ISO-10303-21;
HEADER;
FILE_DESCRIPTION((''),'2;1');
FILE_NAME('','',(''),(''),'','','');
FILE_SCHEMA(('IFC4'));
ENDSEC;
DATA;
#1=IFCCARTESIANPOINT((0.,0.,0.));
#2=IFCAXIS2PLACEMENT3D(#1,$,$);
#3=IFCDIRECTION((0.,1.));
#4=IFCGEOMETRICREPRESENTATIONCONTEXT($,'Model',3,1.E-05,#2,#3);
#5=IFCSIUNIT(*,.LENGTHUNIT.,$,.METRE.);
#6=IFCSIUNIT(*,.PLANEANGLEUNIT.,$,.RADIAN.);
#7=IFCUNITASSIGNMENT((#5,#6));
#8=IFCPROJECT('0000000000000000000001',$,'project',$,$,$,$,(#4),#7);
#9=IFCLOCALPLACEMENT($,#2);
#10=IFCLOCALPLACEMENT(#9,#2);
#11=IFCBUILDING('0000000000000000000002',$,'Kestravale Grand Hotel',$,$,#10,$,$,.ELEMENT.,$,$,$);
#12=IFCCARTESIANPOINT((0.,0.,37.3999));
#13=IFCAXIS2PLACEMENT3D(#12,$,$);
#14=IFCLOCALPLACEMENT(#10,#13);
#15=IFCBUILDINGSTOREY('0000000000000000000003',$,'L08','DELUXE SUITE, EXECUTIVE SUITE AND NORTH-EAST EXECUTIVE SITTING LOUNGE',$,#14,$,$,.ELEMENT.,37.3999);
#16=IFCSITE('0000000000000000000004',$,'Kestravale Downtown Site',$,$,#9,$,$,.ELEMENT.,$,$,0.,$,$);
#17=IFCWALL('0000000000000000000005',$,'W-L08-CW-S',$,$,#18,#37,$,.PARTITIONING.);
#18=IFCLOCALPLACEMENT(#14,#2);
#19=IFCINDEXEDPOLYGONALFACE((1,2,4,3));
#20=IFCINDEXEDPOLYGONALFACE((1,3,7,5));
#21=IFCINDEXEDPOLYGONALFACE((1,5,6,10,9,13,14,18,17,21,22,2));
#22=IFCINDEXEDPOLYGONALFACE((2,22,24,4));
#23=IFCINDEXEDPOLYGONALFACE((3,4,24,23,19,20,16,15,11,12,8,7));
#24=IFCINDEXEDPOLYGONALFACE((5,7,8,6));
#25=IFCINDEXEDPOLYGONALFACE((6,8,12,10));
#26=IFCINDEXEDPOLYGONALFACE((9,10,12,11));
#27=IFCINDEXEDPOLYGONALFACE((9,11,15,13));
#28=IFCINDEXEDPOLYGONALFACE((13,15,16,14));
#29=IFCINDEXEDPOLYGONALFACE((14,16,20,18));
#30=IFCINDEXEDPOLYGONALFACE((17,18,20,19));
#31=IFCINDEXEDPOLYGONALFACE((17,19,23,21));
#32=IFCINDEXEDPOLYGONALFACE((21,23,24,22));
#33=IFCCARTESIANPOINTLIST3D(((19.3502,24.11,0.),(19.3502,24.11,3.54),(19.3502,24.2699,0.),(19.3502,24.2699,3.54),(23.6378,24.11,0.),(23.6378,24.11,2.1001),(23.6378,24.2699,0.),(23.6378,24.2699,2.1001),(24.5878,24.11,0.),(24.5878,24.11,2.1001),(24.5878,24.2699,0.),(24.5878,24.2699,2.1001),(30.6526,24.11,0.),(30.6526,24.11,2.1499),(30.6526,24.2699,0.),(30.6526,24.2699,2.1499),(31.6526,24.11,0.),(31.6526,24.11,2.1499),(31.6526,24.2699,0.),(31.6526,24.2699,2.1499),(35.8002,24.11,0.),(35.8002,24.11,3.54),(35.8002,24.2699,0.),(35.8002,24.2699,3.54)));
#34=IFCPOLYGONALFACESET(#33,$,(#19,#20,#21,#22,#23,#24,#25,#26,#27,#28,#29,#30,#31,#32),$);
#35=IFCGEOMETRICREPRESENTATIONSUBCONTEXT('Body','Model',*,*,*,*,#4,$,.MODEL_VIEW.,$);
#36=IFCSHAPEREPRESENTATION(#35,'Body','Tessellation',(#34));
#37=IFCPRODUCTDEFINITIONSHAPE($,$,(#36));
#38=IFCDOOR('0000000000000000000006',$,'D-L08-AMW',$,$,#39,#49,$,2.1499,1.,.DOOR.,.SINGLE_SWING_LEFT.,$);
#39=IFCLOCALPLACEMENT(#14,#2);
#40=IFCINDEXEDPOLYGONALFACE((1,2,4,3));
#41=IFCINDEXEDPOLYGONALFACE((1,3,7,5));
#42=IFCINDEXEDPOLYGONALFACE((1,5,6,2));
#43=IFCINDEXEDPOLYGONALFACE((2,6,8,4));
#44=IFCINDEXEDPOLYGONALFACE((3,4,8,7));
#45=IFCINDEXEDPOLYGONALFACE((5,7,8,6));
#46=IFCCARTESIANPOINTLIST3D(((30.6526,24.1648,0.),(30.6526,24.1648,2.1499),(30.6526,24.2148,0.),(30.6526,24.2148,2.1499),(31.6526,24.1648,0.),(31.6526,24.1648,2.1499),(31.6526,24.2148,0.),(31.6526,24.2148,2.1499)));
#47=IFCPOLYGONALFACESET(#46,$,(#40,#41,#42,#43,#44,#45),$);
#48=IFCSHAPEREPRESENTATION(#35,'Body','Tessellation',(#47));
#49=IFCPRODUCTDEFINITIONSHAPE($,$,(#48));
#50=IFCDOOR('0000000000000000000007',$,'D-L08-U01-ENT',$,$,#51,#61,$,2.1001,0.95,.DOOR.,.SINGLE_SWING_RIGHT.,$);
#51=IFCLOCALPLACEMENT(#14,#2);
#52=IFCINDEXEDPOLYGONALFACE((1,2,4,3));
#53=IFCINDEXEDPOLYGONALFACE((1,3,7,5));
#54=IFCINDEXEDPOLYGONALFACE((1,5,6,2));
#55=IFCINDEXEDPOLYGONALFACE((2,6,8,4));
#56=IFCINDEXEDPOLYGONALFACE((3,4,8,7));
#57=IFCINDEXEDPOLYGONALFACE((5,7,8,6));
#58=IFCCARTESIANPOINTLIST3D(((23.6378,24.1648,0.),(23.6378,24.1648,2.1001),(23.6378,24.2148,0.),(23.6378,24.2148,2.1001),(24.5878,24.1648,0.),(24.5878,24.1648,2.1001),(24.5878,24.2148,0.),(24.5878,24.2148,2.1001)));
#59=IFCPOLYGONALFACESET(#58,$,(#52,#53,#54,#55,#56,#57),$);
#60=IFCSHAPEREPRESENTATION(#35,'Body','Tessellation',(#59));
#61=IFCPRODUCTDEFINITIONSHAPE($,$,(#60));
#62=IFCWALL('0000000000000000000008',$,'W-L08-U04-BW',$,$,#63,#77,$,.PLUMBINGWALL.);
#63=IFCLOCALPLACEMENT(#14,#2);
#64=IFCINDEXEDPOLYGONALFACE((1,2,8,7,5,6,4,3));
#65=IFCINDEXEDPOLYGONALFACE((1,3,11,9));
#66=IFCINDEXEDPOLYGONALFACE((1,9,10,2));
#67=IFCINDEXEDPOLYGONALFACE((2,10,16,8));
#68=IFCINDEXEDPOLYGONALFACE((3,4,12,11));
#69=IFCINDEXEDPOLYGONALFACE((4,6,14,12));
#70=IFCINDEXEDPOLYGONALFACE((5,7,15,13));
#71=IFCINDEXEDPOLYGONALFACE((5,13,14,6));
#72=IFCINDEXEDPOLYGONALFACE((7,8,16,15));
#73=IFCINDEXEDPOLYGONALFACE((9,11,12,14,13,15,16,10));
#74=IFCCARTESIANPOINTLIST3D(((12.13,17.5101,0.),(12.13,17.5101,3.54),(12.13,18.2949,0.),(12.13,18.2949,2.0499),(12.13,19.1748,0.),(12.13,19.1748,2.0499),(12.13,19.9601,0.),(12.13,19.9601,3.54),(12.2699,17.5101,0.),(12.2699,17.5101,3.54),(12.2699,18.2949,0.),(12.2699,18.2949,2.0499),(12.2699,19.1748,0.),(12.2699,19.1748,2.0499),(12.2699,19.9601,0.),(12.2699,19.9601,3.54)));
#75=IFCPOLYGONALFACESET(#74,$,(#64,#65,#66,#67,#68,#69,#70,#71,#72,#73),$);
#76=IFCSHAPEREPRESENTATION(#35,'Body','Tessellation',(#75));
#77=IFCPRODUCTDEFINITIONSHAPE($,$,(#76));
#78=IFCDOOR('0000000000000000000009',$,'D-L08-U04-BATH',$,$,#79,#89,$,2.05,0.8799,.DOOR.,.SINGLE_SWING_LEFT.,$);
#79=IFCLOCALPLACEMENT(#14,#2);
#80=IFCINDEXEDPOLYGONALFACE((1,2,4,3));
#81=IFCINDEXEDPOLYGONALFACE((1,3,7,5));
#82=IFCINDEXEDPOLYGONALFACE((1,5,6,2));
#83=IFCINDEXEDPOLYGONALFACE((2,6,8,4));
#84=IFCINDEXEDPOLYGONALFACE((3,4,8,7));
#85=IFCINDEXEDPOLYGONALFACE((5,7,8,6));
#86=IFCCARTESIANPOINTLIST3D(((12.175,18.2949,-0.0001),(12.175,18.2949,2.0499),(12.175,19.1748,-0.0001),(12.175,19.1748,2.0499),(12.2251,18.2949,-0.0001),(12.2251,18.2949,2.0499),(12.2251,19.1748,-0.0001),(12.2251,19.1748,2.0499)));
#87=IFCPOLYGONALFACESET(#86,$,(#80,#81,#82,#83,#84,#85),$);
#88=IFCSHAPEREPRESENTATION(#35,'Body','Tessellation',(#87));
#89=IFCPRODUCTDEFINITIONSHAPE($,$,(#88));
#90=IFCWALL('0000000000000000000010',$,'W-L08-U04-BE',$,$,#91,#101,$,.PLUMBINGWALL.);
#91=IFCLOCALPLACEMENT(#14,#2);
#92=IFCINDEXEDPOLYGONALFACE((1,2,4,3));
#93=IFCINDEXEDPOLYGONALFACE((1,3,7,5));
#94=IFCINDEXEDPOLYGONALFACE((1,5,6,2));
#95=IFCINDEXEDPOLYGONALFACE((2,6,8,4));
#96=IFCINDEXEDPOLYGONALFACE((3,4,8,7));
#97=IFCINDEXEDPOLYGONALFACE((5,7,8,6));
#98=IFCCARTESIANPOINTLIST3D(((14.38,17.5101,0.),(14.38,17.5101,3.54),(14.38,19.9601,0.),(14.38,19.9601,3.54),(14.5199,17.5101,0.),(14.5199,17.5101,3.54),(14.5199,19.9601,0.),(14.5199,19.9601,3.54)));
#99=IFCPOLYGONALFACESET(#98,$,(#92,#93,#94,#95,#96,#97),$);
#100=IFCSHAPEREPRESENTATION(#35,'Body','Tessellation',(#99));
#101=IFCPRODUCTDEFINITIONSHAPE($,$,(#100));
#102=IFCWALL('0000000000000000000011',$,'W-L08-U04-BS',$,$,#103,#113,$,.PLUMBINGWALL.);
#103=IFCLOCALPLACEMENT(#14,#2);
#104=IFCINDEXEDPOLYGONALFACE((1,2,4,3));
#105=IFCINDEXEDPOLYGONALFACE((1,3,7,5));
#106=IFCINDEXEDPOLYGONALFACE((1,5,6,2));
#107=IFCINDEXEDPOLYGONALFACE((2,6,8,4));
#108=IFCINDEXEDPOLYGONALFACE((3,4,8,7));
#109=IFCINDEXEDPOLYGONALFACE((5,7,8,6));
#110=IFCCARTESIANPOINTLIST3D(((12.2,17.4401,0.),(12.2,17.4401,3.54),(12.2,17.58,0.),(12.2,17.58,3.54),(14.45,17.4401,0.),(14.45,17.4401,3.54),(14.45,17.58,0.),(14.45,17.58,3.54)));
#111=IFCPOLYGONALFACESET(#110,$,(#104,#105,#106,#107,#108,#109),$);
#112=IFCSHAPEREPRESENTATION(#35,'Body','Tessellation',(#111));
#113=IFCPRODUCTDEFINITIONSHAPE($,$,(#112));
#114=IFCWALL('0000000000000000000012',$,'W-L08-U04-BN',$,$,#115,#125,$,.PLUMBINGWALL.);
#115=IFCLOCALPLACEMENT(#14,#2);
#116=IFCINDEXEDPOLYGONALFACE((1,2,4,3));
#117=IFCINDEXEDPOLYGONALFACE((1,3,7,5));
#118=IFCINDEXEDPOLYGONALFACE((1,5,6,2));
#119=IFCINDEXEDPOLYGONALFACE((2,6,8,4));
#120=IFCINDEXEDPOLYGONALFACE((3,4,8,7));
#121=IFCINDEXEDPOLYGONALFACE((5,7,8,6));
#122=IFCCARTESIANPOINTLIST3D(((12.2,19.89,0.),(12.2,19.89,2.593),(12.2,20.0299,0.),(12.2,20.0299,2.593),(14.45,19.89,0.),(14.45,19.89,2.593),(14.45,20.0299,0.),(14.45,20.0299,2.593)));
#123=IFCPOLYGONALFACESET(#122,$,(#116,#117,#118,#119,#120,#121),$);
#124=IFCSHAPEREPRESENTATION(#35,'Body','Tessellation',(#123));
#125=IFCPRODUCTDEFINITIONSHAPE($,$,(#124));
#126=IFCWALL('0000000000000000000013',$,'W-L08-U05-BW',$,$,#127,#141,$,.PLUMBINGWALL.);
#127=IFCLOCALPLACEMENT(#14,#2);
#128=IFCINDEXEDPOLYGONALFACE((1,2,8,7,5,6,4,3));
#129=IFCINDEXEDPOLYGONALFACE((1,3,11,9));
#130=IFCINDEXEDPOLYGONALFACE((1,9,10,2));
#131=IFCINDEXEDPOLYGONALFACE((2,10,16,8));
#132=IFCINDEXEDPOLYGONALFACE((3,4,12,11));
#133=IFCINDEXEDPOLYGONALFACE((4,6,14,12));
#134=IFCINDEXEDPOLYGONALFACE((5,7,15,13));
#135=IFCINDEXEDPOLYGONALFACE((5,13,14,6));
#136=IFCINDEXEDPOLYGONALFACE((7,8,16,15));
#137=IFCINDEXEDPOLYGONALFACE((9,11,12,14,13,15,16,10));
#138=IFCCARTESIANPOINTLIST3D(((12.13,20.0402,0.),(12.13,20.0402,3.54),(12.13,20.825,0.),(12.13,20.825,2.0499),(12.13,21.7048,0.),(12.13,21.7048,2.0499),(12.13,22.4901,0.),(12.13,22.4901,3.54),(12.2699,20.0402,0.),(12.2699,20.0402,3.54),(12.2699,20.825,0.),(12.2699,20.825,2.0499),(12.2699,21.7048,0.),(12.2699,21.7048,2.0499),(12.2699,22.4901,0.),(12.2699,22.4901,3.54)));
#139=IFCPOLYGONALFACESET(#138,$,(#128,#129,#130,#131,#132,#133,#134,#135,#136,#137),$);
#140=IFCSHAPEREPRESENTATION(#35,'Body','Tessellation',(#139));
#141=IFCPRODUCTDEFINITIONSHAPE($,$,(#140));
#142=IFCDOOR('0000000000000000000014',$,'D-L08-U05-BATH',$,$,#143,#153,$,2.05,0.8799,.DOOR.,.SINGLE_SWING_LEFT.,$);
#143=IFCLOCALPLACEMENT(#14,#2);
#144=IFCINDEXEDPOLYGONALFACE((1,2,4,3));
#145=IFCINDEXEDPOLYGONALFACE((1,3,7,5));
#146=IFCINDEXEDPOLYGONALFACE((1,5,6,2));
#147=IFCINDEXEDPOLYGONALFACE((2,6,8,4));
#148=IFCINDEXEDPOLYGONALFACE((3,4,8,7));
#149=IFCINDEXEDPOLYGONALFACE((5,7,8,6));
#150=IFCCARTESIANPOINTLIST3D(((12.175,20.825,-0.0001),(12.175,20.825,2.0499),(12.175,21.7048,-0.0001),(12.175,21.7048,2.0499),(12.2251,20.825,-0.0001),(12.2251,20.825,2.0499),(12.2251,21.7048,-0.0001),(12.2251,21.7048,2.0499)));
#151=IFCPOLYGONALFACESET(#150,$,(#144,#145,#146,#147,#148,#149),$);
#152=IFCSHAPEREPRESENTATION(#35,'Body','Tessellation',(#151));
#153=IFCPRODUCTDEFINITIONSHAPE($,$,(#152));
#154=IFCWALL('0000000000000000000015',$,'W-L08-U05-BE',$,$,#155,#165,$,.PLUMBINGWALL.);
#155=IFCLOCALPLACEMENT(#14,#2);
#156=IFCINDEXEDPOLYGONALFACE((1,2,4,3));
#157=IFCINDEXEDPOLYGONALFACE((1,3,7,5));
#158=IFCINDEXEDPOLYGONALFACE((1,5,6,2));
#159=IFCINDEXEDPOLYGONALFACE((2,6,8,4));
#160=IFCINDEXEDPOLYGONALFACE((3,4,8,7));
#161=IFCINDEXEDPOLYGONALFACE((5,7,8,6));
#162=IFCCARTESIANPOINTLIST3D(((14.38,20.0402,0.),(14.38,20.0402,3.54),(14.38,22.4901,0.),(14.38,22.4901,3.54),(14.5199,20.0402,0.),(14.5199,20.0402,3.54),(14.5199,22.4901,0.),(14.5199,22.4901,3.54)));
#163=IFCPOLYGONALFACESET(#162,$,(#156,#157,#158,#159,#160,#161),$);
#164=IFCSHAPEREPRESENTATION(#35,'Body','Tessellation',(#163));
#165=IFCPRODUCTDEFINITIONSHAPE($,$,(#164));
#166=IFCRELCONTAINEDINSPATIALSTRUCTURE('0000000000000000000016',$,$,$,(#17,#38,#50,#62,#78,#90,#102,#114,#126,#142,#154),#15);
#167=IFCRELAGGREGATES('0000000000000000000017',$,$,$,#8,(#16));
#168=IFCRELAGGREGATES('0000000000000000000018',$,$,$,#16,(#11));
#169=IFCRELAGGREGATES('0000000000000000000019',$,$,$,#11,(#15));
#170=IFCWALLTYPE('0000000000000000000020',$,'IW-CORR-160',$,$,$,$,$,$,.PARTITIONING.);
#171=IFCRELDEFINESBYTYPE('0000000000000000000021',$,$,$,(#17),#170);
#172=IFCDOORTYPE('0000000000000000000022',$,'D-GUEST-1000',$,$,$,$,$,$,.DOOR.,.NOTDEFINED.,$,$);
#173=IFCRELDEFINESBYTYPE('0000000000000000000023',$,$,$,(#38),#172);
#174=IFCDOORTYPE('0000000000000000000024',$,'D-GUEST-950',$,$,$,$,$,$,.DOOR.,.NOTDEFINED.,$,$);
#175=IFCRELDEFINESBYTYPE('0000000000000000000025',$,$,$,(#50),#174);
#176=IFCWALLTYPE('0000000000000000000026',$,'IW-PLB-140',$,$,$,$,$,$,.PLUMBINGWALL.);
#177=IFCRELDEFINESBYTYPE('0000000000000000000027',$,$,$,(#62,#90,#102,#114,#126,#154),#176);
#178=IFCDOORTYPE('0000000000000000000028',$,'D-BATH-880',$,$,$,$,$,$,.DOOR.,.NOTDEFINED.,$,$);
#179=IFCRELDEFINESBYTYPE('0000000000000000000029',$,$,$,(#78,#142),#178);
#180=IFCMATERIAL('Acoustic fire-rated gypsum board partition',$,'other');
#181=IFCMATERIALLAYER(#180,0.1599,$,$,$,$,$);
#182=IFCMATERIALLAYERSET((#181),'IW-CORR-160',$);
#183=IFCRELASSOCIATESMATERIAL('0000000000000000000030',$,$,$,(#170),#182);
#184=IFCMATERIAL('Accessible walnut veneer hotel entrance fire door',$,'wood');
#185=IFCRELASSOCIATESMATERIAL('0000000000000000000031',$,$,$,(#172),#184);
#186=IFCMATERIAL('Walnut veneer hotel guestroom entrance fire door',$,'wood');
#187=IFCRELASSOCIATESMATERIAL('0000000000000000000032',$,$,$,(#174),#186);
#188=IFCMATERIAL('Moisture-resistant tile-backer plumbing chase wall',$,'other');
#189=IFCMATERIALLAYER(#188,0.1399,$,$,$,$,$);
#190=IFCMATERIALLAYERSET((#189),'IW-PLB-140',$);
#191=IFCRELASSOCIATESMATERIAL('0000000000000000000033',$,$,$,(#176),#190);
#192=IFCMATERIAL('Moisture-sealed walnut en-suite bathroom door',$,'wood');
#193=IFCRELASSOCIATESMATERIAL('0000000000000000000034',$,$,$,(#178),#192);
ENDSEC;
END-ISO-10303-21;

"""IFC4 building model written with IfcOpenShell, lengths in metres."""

from ifc_helpers import new_model, si_unit, direction, frame, frame_2d, origin, place, context, subcontext, project, spatial, rectangle, extrude, material, layer, layer_set, type_object, element, fill, save


model = new_model("IFC4")

# Units and contexts
model_context = context("Model", 3, precision=1e-05, world=origin(), true_north=direction((0.0, 1.0)))
body_context = subcontext(model_context, "Body", "Model", "MODEL_VIEW")
ifc_project = project(units=[si_unit("LENGTHUNIT", "METRE"), si_unit("PLANEANGLEUNIT", "RADIAN")], contexts=[model_context])

# Site, building, storey
site_placement = place(None, origin())
site = spatial("IfcSite", under=ifc_project, at=site_placement, Name="Kestravale Downtown Site", CompositionType="ELEMENT", RefElevation=0.0)
building_placement = place(site_placement, origin())
building = spatial("IfcBuilding", under=site, at=building_placement, Name="Kestravale Grand Hotel", CompositionType="ELEMENT")
storey_placement = place(building_placement, frame((0.0, 0.0, 37.3999)))
storey = spatial("IfcBuildingStorey", under=building, at=storey_placement, Name="L08", Description="DELUXE SUITE, EXECUTIVE SUITE AND NORTH-EAST EXECUTIVE SITTING LOUNGE", CompositionType="ELEMENT", Elevation=37.3999)

# Shared definitions
ifc_material_1 = material(Name="Acoustic fire-rated gypsum board partition", Category="other")
ifc_layer_1 = layer(ifc_material_1, 0.1599)
ifc_layer_set_1 = layer_set([ifc_layer_1], Name="IW-CORR-160")
wall_type_1 = type_object("IfcWallType", Name="IW-CORR-160", PredefinedType="PARTITIONING", material=ifc_layer_set_1)

# Wall, openings, doors
wall_1_placement = place(storey_placement, frame((19.3501, 24.1899, 0.0), z_axis=(0.0, 0.0, 1.0), x_axis=(1.0, 0.0, 0.0)))
wall_1 = element("IfcWall", 1, at=wall_1_placement, inside=storey, type_object=wall_type_1, Name="W-L08-CW-S", PredefinedType="PARTITIONING", context=body_context, shape_type="SweptSolid", body=[
    extrude(rectangle(XDim=16.45, YDim=0.1599, at=frame_2d((8.2251, 0.0))), origin(), (0.0, 0.0, 1.0), 3.54),
])
opening_1_placement = place(wall_1_placement, frame((4.2876, 0.0, 0.0)))
opening_1 = element("IfcOpeningElement", 2, at=opening_1_placement, cuts=wall_1, PredefinedType="OPENING", context=body_context, shape_type="SweptSolid", body=[
    extrude(rectangle(XDim=0.95, YDim=2.1001, at=frame_2d((0.4751, 1.05))), frame((0.0, 0.0898, 0.0), z_axis=(0.0, -1.0, 0.0), x_axis=(1.0, 0.0, 0.0)), (0.0, 0.0, 1.0), 0.1799),
])
opening_2_placement = place(wall_1_placement, frame((11.3025, 0.0, 0.0)))
opening_2 = element("IfcOpeningElement", 3, at=opening_2_placement, cuts=wall_1, PredefinedType="OPENING", context=body_context, shape_type="SweptSolid", body=[
    extrude(rectangle(XDim=1.0, YDim=2.1499, at=frame_2d((0.5, 1.075))), frame((0.0, 0.0898, 0.0), z_axis=(0.0, -1.0, 0.0), x_axis=(1.0, 0.0, 0.0)), (0.0, 0.0, 1.0), 0.1799),
])
ifc_material_2 = material(Name="Accessible walnut veneer hotel entrance fire door", Category="wood")
door_type_1 = type_object("IfcDoorType", Name="D-GUEST-1000", OperationType="NOTDEFINED", PredefinedType="DOOR", material=ifc_material_2)
door_1_placement = place(opening_2_placement, origin())
door_1 = element("IfcDoor", 4, at=door_1_placement, inside=storey, type_object=door_type_1, Name="D-L08-AMW", OperationType="SINGLE_SWING_LEFT", OverallHeight=2.1499, OverallWidth=1.0, PredefinedType="DOOR", context=body_context, shape_type="SweptSolid", body=[
    extrude(rectangle(XDim=1.0, YDim=2.1499, at=frame_2d((0.5, 1.075))), frame((0.0, 0.0249, 0.0), z_axis=(0.0, -1.0, 0.0), x_axis=(1.0, 0.0, 0.0)), (0.0, 0.0, 1.0), 0.05),
])
fill(opening_2, door_1)
ifc_material_3 = material(Name="Walnut veneer hotel guestroom entrance fire door", Category="wood")
door_type_2 = type_object("IfcDoorType", Name="D-GUEST-950", OperationType="NOTDEFINED", PredefinedType="DOOR", material=ifc_material_3)
door_2_placement = place(opening_1_placement, origin())
door_2 = element("IfcDoor", 5, at=door_2_placement, inside=storey, type_object=door_type_2, Name="D-L08-U01-ENT", OperationType="SINGLE_SWING_RIGHT", OverallHeight=2.1001, OverallWidth=0.95, PredefinedType="DOOR", context=body_context, shape_type="SweptSolid", body=[
    extrude(rectangle(XDim=0.95, YDim=2.1001, at=frame_2d((0.4751, 1.05))), frame((0.0, 0.0249, 0.0), z_axis=(0.0, -1.0, 0.0), x_axis=(1.0, 0.0, 0.0)), (0.0, 0.0, 1.0), 0.05),
])
fill(opening_1, door_2)

# Wall, opening, door
ifc_material_4 = material(Name="Moisture-resistant tile-backer plumbing chase wall", Category="other")
ifc_layer_2 = layer(ifc_material_4, 0.1399)
ifc_layer_set_2 = layer_set([ifc_layer_2], Name="IW-PLB-140")
wall_type_2 = type_object("IfcWallType", Name="IW-PLB-140", PredefinedType="PLUMBINGWALL", material=ifc_layer_set_2)
wall_2_placement = place(storey_placement, frame((12.2, 17.51, 0.0), z_axis=(0.0, 0.0, 1.0), x_axis=(0.0, 1.0, 0.0)))
wall_2 = element("IfcWall", 6, at=wall_2_placement, inside=storey, type_object=wall_type_2, Name="W-L08-U04-BW", PredefinedType="PLUMBINGWALL", context=body_context, shape_type="SweptSolid", body=[
    extrude(rectangle(XDim=2.45, YDim=0.1399, at=frame_2d((1.2251, 0.0))), origin(), (0.0, 0.0, 1.0), 3.54),
])
opening_3_placement = place(wall_2_placement, frame((0.7849, 0.0, 0.0)))
opening_3 = element("IfcOpeningElement", 7, at=opening_3_placement, cuts=wall_2, PredefinedType="OPENING", context=body_context, shape_type="SweptSolid", body=[
    extrude(rectangle(XDim=0.8799, YDim=2.05, at=frame_2d((0.4399, 1.0249))), frame((0.0, 0.0798, 0.0), z_axis=(0.0, -1.0, 0.0), x_axis=(1.0, 0.0, 0.0)), (0.0, 0.0, 1.0), 0.1599),
])
ifc_material_5 = material(Name="Moisture-sealed walnut en-suite bathroom door", Category="wood")
door_type_3 = type_object("IfcDoorType", Name="D-BATH-880", OperationType="NOTDEFINED", PredefinedType="DOOR", material=ifc_material_5)
door_3_placement = place(opening_3_placement, origin())
door_3 = element("IfcDoor", 8, at=door_3_placement, inside=storey, type_object=door_type_3, Name="D-L08-U04-BATH", OperationType="SINGLE_SWING_LEFT", OverallHeight=2.05, OverallWidth=0.8799, PredefinedType="DOOR", context=body_context, shape_type="SweptSolid", body=[
    extrude(rectangle(XDim=0.8799, YDim=2.05, at=frame_2d((0.4399, 1.0249))), frame((0.0, 0.0249, 0.0), z_axis=(0.0, -1.0, 0.0), x_axis=(1.0, 0.0, 0.0)), (0.0, 0.0, 1.0), 0.05),
])
fill(opening_3, door_3)

# Walls
wall_3_placement = place(storey_placement, frame((14.45, 17.51, 0.0), z_axis=(0.0, 0.0, 1.0), x_axis=(0.0, 1.0, 0.0)))
element("IfcWall", 9, at=wall_3_placement, inside=storey, type_object=wall_type_2, Name="W-L08-U04-BE", PredefinedType="PLUMBINGWALL", context=body_context, shape_type="SweptSolid", body=[
    extrude(rectangle(XDim=2.45, YDim=0.1399, at=frame_2d((1.2251, 0.0))), origin(), (0.0, 0.0, 1.0), 3.54),
])
wall_4_placement = place(storey_placement, frame((12.2, 17.51, 0.0), z_axis=(0.0, 0.0, 1.0), x_axis=(1.0, 0.0, 0.0)))
element("IfcWall", 10, at=wall_4_placement, inside=storey, type_object=wall_type_2, Name="W-L08-U04-BS", PredefinedType="PLUMBINGWALL", context=body_context, shape_type="SweptSolid", body=[
    extrude(rectangle(XDim=2.25, YDim=0.1399, at=frame_2d((1.125, 0.0))), origin(), (0.0, 0.0, 1.0), 3.54),
])
wall_5_placement = place(storey_placement, frame((12.2, 19.96, 0.0), z_axis=(0.0, 0.0, 1.0), x_axis=(1.0, 0.0, 0.0)))
element("IfcWall", 11, at=wall_5_placement, inside=storey, type_object=wall_type_2, Name="W-L08-U04-BN", PredefinedType="PLUMBINGWALL", context=body_context, shape_type="SweptSolid", body=[
    extrude(rectangle(XDim=2.25, YDim=0.1399, at=frame_2d((1.125, 0.0))), origin(), (0.0, 0.0, 1.0), 2.593),
])

# Wall, opening, door
wall_6_placement = place(storey_placement, frame((12.2, 20.04, 0.0), z_axis=(0.0, 0.0, 1.0), x_axis=(0.0, 1.0, 0.0)))
wall_6 = element("IfcWall", 12, at=wall_6_placement, inside=storey, type_object=wall_type_2, Name="W-L08-U05-BW", PredefinedType="PLUMBINGWALL", context=body_context, shape_type="SweptSolid", body=[
    extrude(rectangle(XDim=2.45, YDim=0.1399, at=frame_2d((1.2251, 0.0))), origin(), (0.0, 0.0, 1.0), 3.54),
])
opening_4_placement = place(wall_6_placement, frame((0.7849, 0.0, 0.0)))
opening_4 = element("IfcOpeningElement", 13, at=opening_4_placement, cuts=wall_6, PredefinedType="OPENING", context=body_context, shape_type="SweptSolid", body=[
    extrude(rectangle(XDim=0.8799, YDim=2.05, at=frame_2d((0.4399, 1.0249))), frame((0.0, 0.0798, 0.0), z_axis=(0.0, -1.0, 0.0), x_axis=(1.0, 0.0, 0.0)), (0.0, 0.0, 1.0), 0.1599),
])
door_4_placement = place(opening_4_placement, origin())
door_4 = element("IfcDoor", 14, at=door_4_placement, inside=storey, type_object=door_type_3, Name="D-L08-U05-BATH", OperationType="SINGLE_SWING_LEFT", OverallHeight=2.05, OverallWidth=0.8799, PredefinedType="DOOR", context=body_context, shape_type="SweptSolid", body=[
    extrude(rectangle(XDim=0.8799, YDim=2.05, at=frame_2d((0.4399, 1.0249))), frame((0.0, 0.0249, 0.0), z_axis=(0.0, -1.0, 0.0), x_axis=(1.0, 0.0, 0.0)), (0.0, 0.0, 1.0), 0.05),
])
fill(opening_4, door_4)

# Wall
wall_7_placement = place(storey_placement, frame((14.45, 20.04, 0.0), z_axis=(0.0, 0.0, 1.0), x_axis=(0.0, 1.0, 0.0)))
element("IfcWall", 15, at=wall_7_placement, inside=storey, type_object=wall_type_2, Name="W-L08-U05-BE", PredefinedType="PLUMBINGWALL", context=body_context, shape_type="SweptSolid", body=[
    extrude(rectangle(XDim=2.45, YDim=0.1399, at=frame_2d((1.2251, 0.0))), origin(), (0.0, 0.0, 1.0), 3.54),
])

save(model, "model.ifc")
